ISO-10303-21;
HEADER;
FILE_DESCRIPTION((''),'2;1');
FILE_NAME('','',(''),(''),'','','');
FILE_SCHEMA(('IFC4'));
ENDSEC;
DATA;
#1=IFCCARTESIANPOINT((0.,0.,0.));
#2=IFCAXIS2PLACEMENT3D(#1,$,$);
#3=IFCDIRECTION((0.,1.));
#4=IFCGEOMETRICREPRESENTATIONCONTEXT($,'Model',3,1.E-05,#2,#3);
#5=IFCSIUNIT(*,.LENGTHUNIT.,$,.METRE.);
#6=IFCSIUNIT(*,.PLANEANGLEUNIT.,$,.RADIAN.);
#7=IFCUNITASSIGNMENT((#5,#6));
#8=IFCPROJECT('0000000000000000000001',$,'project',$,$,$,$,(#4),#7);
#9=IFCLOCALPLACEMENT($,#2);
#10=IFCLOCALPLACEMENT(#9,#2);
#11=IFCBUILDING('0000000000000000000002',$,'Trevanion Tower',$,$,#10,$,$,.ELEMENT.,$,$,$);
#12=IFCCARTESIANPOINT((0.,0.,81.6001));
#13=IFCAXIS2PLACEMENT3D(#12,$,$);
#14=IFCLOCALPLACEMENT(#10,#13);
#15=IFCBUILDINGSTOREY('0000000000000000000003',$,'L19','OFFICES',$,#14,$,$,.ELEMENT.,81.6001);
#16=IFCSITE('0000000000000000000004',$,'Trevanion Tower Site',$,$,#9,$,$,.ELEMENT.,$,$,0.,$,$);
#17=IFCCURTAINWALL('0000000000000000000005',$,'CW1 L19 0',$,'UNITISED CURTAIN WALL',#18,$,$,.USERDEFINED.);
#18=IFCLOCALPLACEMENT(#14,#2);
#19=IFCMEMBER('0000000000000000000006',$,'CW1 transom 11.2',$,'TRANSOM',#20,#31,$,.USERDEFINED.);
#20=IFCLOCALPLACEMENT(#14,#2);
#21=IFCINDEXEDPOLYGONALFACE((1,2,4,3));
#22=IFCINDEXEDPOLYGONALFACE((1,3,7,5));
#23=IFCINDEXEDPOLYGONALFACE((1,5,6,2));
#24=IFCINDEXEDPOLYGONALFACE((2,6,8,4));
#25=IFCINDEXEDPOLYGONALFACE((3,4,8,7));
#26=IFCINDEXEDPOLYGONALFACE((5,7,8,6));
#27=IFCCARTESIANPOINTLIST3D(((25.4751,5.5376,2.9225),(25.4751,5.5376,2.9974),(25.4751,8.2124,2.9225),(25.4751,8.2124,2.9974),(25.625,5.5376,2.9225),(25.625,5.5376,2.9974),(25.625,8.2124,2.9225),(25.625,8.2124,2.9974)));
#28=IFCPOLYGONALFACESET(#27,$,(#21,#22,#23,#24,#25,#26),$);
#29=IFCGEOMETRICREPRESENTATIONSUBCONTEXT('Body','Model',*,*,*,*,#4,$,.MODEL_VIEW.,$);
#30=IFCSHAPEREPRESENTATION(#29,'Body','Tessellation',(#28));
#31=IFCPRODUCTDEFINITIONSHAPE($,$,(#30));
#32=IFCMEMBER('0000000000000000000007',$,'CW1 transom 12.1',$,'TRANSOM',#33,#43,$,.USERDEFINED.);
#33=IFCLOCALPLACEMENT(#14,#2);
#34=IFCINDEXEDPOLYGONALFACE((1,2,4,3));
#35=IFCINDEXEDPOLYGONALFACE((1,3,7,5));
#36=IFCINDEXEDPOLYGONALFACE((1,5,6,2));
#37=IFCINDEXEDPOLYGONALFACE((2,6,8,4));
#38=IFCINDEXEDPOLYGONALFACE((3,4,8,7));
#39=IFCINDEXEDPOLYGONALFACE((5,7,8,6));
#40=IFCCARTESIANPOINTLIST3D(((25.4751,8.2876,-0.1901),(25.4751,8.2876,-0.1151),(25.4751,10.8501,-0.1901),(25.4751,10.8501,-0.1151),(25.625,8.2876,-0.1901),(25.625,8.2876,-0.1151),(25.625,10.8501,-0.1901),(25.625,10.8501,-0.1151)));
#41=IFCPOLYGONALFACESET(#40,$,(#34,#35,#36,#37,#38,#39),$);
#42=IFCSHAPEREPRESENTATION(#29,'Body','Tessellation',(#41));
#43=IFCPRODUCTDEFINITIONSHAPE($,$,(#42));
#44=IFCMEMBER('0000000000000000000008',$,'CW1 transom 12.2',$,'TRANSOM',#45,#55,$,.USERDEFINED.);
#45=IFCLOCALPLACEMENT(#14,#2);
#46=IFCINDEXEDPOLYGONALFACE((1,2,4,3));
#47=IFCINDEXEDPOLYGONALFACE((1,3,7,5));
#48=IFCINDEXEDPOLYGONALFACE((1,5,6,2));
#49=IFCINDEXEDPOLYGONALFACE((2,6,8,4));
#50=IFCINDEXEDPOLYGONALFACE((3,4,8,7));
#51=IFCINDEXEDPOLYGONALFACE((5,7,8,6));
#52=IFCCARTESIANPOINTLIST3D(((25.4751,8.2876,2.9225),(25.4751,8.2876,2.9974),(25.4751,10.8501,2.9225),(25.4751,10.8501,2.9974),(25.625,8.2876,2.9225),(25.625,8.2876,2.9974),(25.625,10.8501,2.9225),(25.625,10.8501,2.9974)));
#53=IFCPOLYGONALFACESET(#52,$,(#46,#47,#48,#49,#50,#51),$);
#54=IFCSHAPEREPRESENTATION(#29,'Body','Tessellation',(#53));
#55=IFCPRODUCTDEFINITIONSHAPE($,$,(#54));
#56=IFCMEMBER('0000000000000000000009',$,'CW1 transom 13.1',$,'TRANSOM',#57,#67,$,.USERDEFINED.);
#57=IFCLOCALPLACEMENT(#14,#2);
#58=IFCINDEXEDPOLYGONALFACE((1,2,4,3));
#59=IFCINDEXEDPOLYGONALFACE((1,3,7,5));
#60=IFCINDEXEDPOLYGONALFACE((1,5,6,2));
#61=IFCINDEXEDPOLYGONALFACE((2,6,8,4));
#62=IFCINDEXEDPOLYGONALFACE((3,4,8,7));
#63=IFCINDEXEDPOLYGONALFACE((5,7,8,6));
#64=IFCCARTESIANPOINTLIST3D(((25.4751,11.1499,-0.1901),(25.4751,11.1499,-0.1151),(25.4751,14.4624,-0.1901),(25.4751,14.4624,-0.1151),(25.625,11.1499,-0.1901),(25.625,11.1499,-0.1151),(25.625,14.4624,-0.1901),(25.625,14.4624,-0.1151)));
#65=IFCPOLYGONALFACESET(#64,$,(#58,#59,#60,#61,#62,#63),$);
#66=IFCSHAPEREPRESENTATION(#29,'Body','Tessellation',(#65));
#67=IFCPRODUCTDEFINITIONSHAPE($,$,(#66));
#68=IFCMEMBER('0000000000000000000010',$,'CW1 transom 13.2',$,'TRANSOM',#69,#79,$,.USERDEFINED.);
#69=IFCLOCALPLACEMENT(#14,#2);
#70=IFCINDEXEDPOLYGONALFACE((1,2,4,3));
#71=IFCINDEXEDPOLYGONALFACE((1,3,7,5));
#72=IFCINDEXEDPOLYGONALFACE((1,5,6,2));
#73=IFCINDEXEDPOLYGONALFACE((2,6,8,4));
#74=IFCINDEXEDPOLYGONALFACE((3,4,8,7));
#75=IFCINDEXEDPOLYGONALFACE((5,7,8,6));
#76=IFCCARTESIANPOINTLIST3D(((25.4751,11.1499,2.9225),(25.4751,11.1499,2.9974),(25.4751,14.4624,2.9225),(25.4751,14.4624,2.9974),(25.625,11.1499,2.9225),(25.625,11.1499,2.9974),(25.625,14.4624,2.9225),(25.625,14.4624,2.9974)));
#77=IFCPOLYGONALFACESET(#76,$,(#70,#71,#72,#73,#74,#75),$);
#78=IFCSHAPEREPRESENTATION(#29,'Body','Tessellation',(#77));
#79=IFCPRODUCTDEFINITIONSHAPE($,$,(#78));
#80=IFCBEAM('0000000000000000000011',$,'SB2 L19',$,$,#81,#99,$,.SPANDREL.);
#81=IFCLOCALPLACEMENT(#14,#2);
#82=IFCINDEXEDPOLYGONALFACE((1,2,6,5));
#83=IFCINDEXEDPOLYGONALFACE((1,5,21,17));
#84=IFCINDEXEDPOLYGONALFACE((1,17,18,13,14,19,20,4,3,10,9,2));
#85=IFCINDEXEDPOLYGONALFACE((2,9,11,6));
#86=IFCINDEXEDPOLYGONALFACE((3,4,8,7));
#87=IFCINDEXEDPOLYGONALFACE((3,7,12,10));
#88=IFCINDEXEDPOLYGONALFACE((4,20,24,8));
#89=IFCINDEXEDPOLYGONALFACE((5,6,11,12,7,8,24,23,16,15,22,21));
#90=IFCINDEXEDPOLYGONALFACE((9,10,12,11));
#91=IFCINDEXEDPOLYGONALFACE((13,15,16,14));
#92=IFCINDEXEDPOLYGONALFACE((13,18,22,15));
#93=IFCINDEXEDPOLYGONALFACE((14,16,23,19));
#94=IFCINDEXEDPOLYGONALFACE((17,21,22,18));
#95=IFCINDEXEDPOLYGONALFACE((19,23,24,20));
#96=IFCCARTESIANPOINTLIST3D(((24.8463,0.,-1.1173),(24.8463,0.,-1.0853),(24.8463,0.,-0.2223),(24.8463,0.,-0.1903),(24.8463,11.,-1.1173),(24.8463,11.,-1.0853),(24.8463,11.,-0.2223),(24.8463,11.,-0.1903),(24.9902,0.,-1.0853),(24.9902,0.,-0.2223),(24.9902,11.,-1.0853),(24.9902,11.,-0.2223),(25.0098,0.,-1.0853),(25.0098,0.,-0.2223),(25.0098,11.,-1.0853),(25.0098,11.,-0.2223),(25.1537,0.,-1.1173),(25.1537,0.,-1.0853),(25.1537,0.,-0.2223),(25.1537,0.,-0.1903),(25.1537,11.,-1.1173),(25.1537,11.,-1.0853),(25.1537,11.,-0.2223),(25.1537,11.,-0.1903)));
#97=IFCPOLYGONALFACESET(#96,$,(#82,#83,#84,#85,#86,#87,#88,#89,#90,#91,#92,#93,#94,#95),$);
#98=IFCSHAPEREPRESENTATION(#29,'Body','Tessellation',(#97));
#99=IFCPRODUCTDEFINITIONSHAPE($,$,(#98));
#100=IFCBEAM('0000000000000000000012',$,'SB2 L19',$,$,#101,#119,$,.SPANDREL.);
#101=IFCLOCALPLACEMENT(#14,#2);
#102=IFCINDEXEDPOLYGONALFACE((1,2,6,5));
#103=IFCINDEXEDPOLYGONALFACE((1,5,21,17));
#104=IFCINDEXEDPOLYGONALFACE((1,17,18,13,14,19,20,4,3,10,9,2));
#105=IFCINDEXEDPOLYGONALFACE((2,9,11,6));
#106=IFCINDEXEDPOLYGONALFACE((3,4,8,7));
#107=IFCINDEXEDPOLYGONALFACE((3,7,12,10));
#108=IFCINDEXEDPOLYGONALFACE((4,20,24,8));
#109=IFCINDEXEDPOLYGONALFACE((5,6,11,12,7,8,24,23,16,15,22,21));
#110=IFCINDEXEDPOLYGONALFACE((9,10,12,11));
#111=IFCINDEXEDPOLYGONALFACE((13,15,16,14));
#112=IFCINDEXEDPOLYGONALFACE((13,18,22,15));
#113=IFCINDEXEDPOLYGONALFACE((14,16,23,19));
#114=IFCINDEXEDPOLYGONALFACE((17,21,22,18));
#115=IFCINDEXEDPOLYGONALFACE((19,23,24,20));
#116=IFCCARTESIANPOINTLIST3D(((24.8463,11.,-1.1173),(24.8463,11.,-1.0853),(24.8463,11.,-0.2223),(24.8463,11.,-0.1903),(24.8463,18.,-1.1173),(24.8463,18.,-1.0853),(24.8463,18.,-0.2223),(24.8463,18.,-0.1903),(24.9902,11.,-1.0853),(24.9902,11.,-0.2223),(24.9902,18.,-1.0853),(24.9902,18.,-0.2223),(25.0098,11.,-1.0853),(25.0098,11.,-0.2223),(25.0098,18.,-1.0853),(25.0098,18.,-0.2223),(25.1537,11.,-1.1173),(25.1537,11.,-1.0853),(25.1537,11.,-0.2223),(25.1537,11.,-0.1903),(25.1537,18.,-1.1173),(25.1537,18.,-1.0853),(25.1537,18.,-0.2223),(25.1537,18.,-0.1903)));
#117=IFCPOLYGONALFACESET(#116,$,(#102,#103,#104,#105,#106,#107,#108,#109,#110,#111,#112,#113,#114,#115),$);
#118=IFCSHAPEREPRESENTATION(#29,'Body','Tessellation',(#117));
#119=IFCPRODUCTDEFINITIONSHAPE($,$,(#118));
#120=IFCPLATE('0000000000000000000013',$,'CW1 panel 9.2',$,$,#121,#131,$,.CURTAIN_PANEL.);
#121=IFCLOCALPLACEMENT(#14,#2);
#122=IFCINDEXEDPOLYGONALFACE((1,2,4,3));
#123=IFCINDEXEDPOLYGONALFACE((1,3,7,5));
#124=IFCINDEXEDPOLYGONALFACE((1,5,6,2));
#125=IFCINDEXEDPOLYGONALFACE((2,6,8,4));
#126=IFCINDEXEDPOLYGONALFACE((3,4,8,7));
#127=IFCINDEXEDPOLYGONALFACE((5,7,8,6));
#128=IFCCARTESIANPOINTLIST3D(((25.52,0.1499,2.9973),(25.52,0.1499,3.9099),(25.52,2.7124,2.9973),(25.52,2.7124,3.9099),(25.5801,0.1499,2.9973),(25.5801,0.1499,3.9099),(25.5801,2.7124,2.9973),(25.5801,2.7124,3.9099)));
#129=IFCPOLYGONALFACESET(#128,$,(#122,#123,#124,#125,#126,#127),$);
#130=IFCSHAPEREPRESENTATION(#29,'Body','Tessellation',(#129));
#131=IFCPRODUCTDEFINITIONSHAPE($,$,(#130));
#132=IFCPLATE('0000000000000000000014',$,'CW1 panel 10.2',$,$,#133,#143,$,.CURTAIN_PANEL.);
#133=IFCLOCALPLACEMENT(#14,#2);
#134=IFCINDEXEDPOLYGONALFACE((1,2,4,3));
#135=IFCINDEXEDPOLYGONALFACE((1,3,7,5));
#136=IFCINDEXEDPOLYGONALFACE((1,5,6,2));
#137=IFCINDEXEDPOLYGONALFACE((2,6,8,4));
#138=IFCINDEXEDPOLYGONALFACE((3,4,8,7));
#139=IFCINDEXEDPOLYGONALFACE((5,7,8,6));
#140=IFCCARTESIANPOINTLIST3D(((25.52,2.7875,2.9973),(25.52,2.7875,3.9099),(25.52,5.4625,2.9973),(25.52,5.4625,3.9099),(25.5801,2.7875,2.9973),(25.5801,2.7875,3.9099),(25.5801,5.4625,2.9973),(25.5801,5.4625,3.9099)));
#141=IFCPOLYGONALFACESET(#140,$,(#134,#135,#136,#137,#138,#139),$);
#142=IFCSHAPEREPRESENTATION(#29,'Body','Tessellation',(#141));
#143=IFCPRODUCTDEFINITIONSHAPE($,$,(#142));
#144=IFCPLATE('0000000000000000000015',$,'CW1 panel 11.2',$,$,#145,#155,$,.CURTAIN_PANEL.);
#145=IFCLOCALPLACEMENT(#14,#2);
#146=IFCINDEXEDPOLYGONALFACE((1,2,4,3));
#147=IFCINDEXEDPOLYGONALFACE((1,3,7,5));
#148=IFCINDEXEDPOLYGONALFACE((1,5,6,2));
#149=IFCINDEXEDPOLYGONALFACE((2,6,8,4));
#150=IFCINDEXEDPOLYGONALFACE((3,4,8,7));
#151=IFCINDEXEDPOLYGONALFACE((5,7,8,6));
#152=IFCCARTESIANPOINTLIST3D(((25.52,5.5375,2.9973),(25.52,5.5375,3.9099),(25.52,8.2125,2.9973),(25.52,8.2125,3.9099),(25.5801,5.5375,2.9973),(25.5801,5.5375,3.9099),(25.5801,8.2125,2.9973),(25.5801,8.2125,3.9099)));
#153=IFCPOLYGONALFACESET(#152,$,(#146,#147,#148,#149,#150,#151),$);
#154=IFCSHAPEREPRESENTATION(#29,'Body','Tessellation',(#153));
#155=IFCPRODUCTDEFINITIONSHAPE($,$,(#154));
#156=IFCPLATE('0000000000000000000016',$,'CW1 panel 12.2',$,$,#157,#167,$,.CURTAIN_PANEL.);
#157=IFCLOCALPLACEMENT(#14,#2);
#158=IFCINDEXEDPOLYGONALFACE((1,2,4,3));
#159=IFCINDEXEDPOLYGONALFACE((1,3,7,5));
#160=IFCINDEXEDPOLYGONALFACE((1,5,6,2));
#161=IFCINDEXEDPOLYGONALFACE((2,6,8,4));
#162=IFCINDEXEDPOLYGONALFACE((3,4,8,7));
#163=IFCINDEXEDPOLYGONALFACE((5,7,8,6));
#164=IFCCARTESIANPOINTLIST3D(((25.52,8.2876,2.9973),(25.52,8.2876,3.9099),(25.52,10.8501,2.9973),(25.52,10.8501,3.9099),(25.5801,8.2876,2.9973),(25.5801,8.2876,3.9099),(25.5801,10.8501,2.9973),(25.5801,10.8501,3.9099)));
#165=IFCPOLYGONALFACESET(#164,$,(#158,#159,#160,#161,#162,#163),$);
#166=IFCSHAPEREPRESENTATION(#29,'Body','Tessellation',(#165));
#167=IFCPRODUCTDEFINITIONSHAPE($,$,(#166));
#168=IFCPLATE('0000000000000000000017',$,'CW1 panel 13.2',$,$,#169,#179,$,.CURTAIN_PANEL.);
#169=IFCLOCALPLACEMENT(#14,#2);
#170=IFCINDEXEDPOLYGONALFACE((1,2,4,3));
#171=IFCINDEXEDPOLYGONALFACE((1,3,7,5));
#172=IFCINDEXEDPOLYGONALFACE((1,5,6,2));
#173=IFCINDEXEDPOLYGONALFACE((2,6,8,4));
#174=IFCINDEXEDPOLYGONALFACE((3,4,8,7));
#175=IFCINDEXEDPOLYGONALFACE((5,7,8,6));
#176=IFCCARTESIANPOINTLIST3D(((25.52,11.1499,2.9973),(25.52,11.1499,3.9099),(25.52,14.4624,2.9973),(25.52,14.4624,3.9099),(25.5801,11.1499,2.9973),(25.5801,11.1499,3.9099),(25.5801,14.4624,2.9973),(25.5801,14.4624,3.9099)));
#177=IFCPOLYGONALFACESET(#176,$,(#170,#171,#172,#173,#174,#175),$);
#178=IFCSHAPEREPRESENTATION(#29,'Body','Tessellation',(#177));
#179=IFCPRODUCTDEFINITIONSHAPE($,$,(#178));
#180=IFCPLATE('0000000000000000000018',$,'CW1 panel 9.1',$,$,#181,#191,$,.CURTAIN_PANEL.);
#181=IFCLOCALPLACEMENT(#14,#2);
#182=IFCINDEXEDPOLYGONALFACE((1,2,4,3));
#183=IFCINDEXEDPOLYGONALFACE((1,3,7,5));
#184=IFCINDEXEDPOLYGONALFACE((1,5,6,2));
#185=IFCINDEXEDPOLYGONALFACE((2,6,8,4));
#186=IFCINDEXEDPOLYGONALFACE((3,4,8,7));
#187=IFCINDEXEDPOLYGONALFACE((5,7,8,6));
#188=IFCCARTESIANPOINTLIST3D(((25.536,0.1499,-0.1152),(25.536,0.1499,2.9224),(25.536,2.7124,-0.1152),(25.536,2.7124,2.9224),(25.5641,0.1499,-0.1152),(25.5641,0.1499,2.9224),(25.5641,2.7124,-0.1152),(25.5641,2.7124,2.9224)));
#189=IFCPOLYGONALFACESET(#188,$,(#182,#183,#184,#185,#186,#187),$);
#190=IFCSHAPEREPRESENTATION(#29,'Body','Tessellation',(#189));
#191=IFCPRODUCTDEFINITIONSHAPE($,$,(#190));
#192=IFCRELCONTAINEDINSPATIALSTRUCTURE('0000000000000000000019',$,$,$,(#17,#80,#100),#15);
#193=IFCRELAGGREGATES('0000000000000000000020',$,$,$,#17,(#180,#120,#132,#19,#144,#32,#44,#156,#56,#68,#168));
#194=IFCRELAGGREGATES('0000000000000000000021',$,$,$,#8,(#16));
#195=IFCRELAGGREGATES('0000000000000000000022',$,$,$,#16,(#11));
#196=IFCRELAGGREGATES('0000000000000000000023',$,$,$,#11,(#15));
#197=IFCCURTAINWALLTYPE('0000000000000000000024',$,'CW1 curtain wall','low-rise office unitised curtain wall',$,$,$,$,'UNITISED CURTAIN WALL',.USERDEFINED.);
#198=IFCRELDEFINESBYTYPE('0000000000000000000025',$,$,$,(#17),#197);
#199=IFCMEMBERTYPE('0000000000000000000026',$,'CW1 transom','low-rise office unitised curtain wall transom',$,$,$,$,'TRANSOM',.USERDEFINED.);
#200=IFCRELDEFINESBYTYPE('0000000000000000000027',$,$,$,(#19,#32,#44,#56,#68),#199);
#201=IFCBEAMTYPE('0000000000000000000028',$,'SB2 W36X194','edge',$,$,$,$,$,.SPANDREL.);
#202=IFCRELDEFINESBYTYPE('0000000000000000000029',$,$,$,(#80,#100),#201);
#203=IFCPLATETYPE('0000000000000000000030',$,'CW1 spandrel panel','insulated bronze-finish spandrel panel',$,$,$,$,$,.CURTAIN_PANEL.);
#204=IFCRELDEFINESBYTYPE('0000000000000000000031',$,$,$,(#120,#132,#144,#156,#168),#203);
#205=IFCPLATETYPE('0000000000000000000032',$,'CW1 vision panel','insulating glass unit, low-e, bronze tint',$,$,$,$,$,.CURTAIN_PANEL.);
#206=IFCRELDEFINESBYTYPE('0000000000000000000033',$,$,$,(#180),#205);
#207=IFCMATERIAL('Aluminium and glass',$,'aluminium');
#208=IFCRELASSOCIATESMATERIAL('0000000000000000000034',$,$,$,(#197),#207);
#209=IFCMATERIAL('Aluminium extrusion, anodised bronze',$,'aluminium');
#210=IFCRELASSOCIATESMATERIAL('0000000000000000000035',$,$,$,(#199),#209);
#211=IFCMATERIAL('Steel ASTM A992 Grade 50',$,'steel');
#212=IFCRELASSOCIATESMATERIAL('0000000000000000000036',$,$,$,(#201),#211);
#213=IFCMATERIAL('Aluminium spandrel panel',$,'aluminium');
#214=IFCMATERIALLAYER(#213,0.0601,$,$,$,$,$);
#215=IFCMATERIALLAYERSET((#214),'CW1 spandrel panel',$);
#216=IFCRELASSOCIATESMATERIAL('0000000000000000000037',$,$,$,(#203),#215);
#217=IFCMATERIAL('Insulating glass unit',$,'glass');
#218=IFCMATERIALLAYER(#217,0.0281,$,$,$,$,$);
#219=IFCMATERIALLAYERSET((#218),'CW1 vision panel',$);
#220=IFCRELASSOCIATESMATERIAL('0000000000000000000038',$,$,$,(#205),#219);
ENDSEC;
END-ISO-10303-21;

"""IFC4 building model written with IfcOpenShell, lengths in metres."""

from ifc_helpers import new_model, si_unit, direction, frame, origin, origin_2d, place, context, subcontext, project, spatial, rectangle, i_section, extrude, material, layer, layer_set, material_profile, profile_set, type_object, element, aggregate, save


model = new_model("IFC4")

# Units and contexts
model_context = context("Model", 3, precision=1e-05, world=origin(), true_north=direction((0.0, 1.0)))
body_context = subcontext(model_context, "Body", "Model", "MODEL_VIEW")
ifc_project = project(units=[si_unit("LENGTHUNIT", "METRE"), si_unit("PLANEANGLEUNIT", "RADIAN")], contexts=[model_context])

# Site, building, storey
site_placement = place(None, origin())
site = spatial("IfcSite", under=ifc_project, at=site_placement, Name="Trevanion Tower Site", CompositionType="ELEMENT", RefElevation=0.0)
building_placement = place(site_placement, origin())
building = spatial("IfcBuilding", under=site, at=building_placement, Name="Trevanion Tower", CompositionType="ELEMENT")
storey_placement = place(building_placement, frame((0.0, 0.0, 81.6001)))
storey = spatial("IfcBuildingStorey", under=building, at=storey_placement, Name="L19", Description="OFFICES", CompositionType="ELEMENT", Elevation=81.6001)

# Curtain wall, members
ifc_material_1 = material(Name="Aluminium and glass", Category="aluminium")
curtain_wall_type = type_object("IfcCurtainWallType", Name="CW1 curtain wall", Description="low-rise office unitised curtain wall", ElementType="UNITISED CURTAIN WALL", PredefinedType="USERDEFINED", material=ifc_material_1)
curtain_wall_placement = place(storey_placement, origin())
curtain_wall = element("IfcCurtainWall", 1, at=curtain_wall_placement, inside=storey, type_object=curtain_wall_type, Name="CW1 L19 0", ObjectType="UNITISED CURTAIN WALL", PredefinedType="USERDEFINED")
ifc_material_2 = material(Name="Aluminium extrusion, anodised bronze", Category="aluminium")
ifc_material_profile_1 = material_profile(ifc_material_2, rectangle(XDim=0.1499, YDim=0.075, at=origin_2d()), Name="CW1 transom")
ifc_profile_set_1 = profile_set([ifc_material_profile_1], Name="Aluminium extrusion, anodised bronze")
member_type_1 = type_object("IfcMemberType", Name="CW1 transom", Description="low-rise office unitised curtain wall transom", ElementType="TRANSOM", PredefinedType="USERDEFINED", material=ifc_profile_set_1)
member_1_placement = place(storey_placement, frame((25.55, 5.5376, 2.96), z_axis=(0.0, 1.0, 0.0), x_axis=(-1.0, 0.0, 0.0)))
member_1 = element("IfcMember", 2, at=member_1_placement, type_object=member_type_1, Name="CW1 transom 11.2", ObjectType="TRANSOM", PredefinedType="USERDEFINED", context=body_context, shape_type="SweptSolid", body=[
    extrude(rectangle(XDim=0.1499, YDim=0.075, at=origin_2d()), origin(), (0.0, 0.0, 1.0), 2.6748),
])
member_2_placement = place(storey_placement, frame((25.55, 8.2876, -0.1526), z_axis=(0.0, 1.0, 0.0), x_axis=(-1.0, 0.0, 0.0)))
member_2 = element("IfcMember", 3, at=member_2_placement, type_object=member_type_1, Name="CW1 transom 12.1", ObjectType="TRANSOM", PredefinedType="USERDEFINED", context=body_context, shape_type="SweptSolid", body=[
    extrude(rectangle(XDim=0.1499, YDim=0.075, at=origin_2d()), origin(), (0.0, 0.0, 1.0), 2.5625),
])
member_3_placement = place(storey_placement, frame((25.55, 8.2876, 2.96), z_axis=(0.0, 1.0, 0.0), x_axis=(-1.0, 0.0, 0.0)))
member_3 = element("IfcMember", 4, at=member_3_placement, type_object=member_type_1, Name="CW1 transom 12.2", ObjectType="TRANSOM", PredefinedType="USERDEFINED", context=body_context, shape_type="SweptSolid", body=[
    extrude(rectangle(XDim=0.1499, YDim=0.075, at=origin_2d()), origin(), (0.0, 0.0, 1.0), 2.5625),
])
member_4_placement = place(storey_placement, frame((25.55, 11.1499, -0.1526), z_axis=(0.0, 1.0, 0.0), x_axis=(-1.0, 0.0, 0.0)))
member_4 = element("IfcMember", 5, at=member_4_placement, type_object=member_type_1, Name="CW1 transom 13.1", ObjectType="TRANSOM", PredefinedType="USERDEFINED", context=body_context, shape_type="SweptSolid", body=[
    extrude(rectangle(XDim=0.1499, YDim=0.075, at=origin_2d()), origin(), (0.0, 0.0, 1.0), 3.3125),
])
member_5_placement = place(storey_placement, frame((25.55, 11.1499, 2.96), z_axis=(0.0, 1.0, 0.0), x_axis=(-1.0, 0.0, 0.0)))
member_5 = element("IfcMember", 6, at=member_5_placement, type_object=member_type_1, Name="CW1 transom 13.2", ObjectType="TRANSOM", PredefinedType="USERDEFINED", context=body_context, shape_type="SweptSolid", body=[
    extrude(rectangle(XDim=0.1499, YDim=0.075, at=origin_2d()), origin(), (0.0, 0.0, 1.0), 3.3125),
])

# Beams
ifc_material_3 = material(Name="Steel ASTM A992 Grade 50", Category="steel")
ifc_material_profile_2 = material_profile(ifc_material_3, i_section(OverallWidth=0.3074, OverallDepth=0.927, WebThickness=0.0195, FlangeThickness=0.032, at=origin_2d()), Name="W36X194")
ifc_profile_set_2 = profile_set([ifc_material_profile_2], Name="Steel ASTM A992 Grade 50")
beam_type_1 = type_object("IfcBeamType", Name="SB2 W36X194", Description="edge", PredefinedType="SPANDREL", material=ifc_profile_set_2)
beam_1_placement = place(storey_placement, frame((25.0, 0.0, -0.6538), z_axis=(0.0, 1.0, 0.0), x_axis=(-1.0, 0.0, 0.0)))
element("IfcBeam", 7, at=beam_1_placement, inside=storey, type_object=beam_type_1, Name="SB2 L19", PredefinedType="SPANDREL", context=body_context, shape_type="SweptSolid", body=[
    extrude(i_section(OverallWidth=0.3074, OverallDepth=0.927, WebThickness=0.0195, FlangeThickness=0.032, at=origin_2d()), origin(), (0.0, 0.0, 1.0), 11.0),
])
beam_2_placement = place(storey_placement, frame((25.0, 11.0, -0.6538), z_axis=(0.0, 1.0, 0.0), x_axis=(-1.0, 0.0, 0.0)))
element("IfcBeam", 8, at=beam_2_placement, inside=storey, type_object=beam_type_1, Name="SB2 L19", PredefinedType="SPANDREL", context=body_context, shape_type="SweptSolid", body=[
    extrude(i_section(OverallWidth=0.3074, OverallDepth=0.927, WebThickness=0.0195, FlangeThickness=0.032, at=origin_2d()), origin(), (0.0, 0.0, 1.0), 7.0),
])

# Plates
ifc_material_4 = material(Name="Aluminium spandrel panel", Category="aluminium")
ifc_layer_1 = layer(ifc_material_4, 0.0601)
ifc_layer_set_1 = layer_set([ifc_layer_1], Name="CW1 spandrel panel")
plate_type_1 = type_object("IfcPlateType", Name="CW1 spandrel panel", Description="insulated bronze-finish spandrel panel", PredefinedType="CURTAIN_PANEL", material=ifc_layer_set_1)
plate_1_placement = place(storey_placement, frame((25.55, 1.4312, 2.9973), z_axis=(0.0, 0.0, 1.0), x_axis=(0.0, 1.0, 0.0)))
plate_1 = element("IfcPlate", 9, at=plate_1_placement, type_object=plate_type_1, Name="CW1 panel 9.2", PredefinedType="CURTAIN_PANEL", context=body_context, shape_type="SweptSolid", body=[
    extrude(rectangle(XDim=2.5625, YDim=0.0601, at=origin_2d()), origin(), (0.0, 0.0, 1.0), 0.9126),
])
plate_2_placement = place(storey_placement, frame((25.55, 4.125, 2.9973), z_axis=(0.0, 0.0, 1.0), x_axis=(0.0, 1.0, 0.0)))
plate_2 = element("IfcPlate", 10, at=plate_2_placement, type_object=plate_type_1, Name="CW1 panel 10.2", PredefinedType="CURTAIN_PANEL", context=body_context, shape_type="SweptSolid", body=[
    extrude(rectangle(XDim=2.675, YDim=0.0601, at=origin_2d()), origin(), (0.0, 0.0, 1.0), 0.9126),
])
plate_3_placement = place(storey_placement, frame((25.55, 6.875, 2.9973), z_axis=(0.0, 0.0, 1.0), x_axis=(0.0, 1.0, 0.0)))
plate_3 = element("IfcPlate", 11, at=plate_3_placement, type_object=plate_type_1, Name="CW1 panel 11.2", PredefinedType="CURTAIN_PANEL", context=body_context, shape_type="SweptSolid", body=[
    extrude(rectangle(XDim=2.675, YDim=0.0601, at=origin_2d()), origin(), (0.0, 0.0, 1.0), 0.9126),
])
plate_4_placement = place(storey_placement, frame((25.55, 9.5688, 2.9973), z_axis=(0.0, 0.0, 1.0), x_axis=(0.0, 1.0, 0.0)))
plate_4 = element("IfcPlate", 12, at=plate_4_placement, type_object=plate_type_1, Name="CW1 panel 12.2", PredefinedType="CURTAIN_PANEL", context=body_context, shape_type="SweptSolid", body=[
    extrude(rectangle(XDim=2.5625, YDim=0.0601, at=origin_2d()), origin(), (0.0, 0.0, 1.0), 0.9126),
])
plate_5_placement = place(storey_placement, frame((25.55, 12.8062, 2.9973), z_axis=(0.0, 0.0, 1.0), x_axis=(0.0, 1.0, 0.0)))
plate_5 = element("IfcPlate", 13, at=plate_5_placement, type_object=plate_type_1, Name="CW1 panel 13.2", PredefinedType="CURTAIN_PANEL", context=body_context, shape_type="SweptSolid", body=[
    extrude(rectangle(XDim=3.3125, YDim=0.0601, at=origin_2d()), origin(), (0.0, 0.0, 1.0), 0.9126),
])
ifc_material_5 = material(Name="Insulating glass unit", Category="glass")
ifc_layer_2 = layer(ifc_material_5, 0.0281)
ifc_layer_set_2 = layer_set([ifc_layer_2], Name="CW1 vision panel")
plate_type_2 = type_object("IfcPlateType", Name="CW1 vision panel", Description="insulating glass unit, low-e, bronze tint", PredefinedType="CURTAIN_PANEL", material=ifc_layer_set_2)
plate_6_placement = place(storey_placement, frame((25.55, 1.4312, -0.1152), z_axis=(0.0, 0.0, 1.0), x_axis=(0.0, 1.0, 0.0)))
plate_6 = element("IfcPlate", 14, at=plate_6_placement, type_object=plate_type_2, Name="CW1 panel 9.1", PredefinedType="CURTAIN_PANEL", context=body_context, shape_type="SweptSolid", body=[
    extrude(rectangle(XDim=2.5625, YDim=0.0281, at=origin_2d()), origin(), (0.0, 0.0, 1.0), 3.0376),
])
aggregate(curtain_wall, [plate_6, plate_1, plate_2, member_1, plate_3, member_2, member_3, plate_4, member_4, member_5, plate_5])

save(model, "model.ifc")
